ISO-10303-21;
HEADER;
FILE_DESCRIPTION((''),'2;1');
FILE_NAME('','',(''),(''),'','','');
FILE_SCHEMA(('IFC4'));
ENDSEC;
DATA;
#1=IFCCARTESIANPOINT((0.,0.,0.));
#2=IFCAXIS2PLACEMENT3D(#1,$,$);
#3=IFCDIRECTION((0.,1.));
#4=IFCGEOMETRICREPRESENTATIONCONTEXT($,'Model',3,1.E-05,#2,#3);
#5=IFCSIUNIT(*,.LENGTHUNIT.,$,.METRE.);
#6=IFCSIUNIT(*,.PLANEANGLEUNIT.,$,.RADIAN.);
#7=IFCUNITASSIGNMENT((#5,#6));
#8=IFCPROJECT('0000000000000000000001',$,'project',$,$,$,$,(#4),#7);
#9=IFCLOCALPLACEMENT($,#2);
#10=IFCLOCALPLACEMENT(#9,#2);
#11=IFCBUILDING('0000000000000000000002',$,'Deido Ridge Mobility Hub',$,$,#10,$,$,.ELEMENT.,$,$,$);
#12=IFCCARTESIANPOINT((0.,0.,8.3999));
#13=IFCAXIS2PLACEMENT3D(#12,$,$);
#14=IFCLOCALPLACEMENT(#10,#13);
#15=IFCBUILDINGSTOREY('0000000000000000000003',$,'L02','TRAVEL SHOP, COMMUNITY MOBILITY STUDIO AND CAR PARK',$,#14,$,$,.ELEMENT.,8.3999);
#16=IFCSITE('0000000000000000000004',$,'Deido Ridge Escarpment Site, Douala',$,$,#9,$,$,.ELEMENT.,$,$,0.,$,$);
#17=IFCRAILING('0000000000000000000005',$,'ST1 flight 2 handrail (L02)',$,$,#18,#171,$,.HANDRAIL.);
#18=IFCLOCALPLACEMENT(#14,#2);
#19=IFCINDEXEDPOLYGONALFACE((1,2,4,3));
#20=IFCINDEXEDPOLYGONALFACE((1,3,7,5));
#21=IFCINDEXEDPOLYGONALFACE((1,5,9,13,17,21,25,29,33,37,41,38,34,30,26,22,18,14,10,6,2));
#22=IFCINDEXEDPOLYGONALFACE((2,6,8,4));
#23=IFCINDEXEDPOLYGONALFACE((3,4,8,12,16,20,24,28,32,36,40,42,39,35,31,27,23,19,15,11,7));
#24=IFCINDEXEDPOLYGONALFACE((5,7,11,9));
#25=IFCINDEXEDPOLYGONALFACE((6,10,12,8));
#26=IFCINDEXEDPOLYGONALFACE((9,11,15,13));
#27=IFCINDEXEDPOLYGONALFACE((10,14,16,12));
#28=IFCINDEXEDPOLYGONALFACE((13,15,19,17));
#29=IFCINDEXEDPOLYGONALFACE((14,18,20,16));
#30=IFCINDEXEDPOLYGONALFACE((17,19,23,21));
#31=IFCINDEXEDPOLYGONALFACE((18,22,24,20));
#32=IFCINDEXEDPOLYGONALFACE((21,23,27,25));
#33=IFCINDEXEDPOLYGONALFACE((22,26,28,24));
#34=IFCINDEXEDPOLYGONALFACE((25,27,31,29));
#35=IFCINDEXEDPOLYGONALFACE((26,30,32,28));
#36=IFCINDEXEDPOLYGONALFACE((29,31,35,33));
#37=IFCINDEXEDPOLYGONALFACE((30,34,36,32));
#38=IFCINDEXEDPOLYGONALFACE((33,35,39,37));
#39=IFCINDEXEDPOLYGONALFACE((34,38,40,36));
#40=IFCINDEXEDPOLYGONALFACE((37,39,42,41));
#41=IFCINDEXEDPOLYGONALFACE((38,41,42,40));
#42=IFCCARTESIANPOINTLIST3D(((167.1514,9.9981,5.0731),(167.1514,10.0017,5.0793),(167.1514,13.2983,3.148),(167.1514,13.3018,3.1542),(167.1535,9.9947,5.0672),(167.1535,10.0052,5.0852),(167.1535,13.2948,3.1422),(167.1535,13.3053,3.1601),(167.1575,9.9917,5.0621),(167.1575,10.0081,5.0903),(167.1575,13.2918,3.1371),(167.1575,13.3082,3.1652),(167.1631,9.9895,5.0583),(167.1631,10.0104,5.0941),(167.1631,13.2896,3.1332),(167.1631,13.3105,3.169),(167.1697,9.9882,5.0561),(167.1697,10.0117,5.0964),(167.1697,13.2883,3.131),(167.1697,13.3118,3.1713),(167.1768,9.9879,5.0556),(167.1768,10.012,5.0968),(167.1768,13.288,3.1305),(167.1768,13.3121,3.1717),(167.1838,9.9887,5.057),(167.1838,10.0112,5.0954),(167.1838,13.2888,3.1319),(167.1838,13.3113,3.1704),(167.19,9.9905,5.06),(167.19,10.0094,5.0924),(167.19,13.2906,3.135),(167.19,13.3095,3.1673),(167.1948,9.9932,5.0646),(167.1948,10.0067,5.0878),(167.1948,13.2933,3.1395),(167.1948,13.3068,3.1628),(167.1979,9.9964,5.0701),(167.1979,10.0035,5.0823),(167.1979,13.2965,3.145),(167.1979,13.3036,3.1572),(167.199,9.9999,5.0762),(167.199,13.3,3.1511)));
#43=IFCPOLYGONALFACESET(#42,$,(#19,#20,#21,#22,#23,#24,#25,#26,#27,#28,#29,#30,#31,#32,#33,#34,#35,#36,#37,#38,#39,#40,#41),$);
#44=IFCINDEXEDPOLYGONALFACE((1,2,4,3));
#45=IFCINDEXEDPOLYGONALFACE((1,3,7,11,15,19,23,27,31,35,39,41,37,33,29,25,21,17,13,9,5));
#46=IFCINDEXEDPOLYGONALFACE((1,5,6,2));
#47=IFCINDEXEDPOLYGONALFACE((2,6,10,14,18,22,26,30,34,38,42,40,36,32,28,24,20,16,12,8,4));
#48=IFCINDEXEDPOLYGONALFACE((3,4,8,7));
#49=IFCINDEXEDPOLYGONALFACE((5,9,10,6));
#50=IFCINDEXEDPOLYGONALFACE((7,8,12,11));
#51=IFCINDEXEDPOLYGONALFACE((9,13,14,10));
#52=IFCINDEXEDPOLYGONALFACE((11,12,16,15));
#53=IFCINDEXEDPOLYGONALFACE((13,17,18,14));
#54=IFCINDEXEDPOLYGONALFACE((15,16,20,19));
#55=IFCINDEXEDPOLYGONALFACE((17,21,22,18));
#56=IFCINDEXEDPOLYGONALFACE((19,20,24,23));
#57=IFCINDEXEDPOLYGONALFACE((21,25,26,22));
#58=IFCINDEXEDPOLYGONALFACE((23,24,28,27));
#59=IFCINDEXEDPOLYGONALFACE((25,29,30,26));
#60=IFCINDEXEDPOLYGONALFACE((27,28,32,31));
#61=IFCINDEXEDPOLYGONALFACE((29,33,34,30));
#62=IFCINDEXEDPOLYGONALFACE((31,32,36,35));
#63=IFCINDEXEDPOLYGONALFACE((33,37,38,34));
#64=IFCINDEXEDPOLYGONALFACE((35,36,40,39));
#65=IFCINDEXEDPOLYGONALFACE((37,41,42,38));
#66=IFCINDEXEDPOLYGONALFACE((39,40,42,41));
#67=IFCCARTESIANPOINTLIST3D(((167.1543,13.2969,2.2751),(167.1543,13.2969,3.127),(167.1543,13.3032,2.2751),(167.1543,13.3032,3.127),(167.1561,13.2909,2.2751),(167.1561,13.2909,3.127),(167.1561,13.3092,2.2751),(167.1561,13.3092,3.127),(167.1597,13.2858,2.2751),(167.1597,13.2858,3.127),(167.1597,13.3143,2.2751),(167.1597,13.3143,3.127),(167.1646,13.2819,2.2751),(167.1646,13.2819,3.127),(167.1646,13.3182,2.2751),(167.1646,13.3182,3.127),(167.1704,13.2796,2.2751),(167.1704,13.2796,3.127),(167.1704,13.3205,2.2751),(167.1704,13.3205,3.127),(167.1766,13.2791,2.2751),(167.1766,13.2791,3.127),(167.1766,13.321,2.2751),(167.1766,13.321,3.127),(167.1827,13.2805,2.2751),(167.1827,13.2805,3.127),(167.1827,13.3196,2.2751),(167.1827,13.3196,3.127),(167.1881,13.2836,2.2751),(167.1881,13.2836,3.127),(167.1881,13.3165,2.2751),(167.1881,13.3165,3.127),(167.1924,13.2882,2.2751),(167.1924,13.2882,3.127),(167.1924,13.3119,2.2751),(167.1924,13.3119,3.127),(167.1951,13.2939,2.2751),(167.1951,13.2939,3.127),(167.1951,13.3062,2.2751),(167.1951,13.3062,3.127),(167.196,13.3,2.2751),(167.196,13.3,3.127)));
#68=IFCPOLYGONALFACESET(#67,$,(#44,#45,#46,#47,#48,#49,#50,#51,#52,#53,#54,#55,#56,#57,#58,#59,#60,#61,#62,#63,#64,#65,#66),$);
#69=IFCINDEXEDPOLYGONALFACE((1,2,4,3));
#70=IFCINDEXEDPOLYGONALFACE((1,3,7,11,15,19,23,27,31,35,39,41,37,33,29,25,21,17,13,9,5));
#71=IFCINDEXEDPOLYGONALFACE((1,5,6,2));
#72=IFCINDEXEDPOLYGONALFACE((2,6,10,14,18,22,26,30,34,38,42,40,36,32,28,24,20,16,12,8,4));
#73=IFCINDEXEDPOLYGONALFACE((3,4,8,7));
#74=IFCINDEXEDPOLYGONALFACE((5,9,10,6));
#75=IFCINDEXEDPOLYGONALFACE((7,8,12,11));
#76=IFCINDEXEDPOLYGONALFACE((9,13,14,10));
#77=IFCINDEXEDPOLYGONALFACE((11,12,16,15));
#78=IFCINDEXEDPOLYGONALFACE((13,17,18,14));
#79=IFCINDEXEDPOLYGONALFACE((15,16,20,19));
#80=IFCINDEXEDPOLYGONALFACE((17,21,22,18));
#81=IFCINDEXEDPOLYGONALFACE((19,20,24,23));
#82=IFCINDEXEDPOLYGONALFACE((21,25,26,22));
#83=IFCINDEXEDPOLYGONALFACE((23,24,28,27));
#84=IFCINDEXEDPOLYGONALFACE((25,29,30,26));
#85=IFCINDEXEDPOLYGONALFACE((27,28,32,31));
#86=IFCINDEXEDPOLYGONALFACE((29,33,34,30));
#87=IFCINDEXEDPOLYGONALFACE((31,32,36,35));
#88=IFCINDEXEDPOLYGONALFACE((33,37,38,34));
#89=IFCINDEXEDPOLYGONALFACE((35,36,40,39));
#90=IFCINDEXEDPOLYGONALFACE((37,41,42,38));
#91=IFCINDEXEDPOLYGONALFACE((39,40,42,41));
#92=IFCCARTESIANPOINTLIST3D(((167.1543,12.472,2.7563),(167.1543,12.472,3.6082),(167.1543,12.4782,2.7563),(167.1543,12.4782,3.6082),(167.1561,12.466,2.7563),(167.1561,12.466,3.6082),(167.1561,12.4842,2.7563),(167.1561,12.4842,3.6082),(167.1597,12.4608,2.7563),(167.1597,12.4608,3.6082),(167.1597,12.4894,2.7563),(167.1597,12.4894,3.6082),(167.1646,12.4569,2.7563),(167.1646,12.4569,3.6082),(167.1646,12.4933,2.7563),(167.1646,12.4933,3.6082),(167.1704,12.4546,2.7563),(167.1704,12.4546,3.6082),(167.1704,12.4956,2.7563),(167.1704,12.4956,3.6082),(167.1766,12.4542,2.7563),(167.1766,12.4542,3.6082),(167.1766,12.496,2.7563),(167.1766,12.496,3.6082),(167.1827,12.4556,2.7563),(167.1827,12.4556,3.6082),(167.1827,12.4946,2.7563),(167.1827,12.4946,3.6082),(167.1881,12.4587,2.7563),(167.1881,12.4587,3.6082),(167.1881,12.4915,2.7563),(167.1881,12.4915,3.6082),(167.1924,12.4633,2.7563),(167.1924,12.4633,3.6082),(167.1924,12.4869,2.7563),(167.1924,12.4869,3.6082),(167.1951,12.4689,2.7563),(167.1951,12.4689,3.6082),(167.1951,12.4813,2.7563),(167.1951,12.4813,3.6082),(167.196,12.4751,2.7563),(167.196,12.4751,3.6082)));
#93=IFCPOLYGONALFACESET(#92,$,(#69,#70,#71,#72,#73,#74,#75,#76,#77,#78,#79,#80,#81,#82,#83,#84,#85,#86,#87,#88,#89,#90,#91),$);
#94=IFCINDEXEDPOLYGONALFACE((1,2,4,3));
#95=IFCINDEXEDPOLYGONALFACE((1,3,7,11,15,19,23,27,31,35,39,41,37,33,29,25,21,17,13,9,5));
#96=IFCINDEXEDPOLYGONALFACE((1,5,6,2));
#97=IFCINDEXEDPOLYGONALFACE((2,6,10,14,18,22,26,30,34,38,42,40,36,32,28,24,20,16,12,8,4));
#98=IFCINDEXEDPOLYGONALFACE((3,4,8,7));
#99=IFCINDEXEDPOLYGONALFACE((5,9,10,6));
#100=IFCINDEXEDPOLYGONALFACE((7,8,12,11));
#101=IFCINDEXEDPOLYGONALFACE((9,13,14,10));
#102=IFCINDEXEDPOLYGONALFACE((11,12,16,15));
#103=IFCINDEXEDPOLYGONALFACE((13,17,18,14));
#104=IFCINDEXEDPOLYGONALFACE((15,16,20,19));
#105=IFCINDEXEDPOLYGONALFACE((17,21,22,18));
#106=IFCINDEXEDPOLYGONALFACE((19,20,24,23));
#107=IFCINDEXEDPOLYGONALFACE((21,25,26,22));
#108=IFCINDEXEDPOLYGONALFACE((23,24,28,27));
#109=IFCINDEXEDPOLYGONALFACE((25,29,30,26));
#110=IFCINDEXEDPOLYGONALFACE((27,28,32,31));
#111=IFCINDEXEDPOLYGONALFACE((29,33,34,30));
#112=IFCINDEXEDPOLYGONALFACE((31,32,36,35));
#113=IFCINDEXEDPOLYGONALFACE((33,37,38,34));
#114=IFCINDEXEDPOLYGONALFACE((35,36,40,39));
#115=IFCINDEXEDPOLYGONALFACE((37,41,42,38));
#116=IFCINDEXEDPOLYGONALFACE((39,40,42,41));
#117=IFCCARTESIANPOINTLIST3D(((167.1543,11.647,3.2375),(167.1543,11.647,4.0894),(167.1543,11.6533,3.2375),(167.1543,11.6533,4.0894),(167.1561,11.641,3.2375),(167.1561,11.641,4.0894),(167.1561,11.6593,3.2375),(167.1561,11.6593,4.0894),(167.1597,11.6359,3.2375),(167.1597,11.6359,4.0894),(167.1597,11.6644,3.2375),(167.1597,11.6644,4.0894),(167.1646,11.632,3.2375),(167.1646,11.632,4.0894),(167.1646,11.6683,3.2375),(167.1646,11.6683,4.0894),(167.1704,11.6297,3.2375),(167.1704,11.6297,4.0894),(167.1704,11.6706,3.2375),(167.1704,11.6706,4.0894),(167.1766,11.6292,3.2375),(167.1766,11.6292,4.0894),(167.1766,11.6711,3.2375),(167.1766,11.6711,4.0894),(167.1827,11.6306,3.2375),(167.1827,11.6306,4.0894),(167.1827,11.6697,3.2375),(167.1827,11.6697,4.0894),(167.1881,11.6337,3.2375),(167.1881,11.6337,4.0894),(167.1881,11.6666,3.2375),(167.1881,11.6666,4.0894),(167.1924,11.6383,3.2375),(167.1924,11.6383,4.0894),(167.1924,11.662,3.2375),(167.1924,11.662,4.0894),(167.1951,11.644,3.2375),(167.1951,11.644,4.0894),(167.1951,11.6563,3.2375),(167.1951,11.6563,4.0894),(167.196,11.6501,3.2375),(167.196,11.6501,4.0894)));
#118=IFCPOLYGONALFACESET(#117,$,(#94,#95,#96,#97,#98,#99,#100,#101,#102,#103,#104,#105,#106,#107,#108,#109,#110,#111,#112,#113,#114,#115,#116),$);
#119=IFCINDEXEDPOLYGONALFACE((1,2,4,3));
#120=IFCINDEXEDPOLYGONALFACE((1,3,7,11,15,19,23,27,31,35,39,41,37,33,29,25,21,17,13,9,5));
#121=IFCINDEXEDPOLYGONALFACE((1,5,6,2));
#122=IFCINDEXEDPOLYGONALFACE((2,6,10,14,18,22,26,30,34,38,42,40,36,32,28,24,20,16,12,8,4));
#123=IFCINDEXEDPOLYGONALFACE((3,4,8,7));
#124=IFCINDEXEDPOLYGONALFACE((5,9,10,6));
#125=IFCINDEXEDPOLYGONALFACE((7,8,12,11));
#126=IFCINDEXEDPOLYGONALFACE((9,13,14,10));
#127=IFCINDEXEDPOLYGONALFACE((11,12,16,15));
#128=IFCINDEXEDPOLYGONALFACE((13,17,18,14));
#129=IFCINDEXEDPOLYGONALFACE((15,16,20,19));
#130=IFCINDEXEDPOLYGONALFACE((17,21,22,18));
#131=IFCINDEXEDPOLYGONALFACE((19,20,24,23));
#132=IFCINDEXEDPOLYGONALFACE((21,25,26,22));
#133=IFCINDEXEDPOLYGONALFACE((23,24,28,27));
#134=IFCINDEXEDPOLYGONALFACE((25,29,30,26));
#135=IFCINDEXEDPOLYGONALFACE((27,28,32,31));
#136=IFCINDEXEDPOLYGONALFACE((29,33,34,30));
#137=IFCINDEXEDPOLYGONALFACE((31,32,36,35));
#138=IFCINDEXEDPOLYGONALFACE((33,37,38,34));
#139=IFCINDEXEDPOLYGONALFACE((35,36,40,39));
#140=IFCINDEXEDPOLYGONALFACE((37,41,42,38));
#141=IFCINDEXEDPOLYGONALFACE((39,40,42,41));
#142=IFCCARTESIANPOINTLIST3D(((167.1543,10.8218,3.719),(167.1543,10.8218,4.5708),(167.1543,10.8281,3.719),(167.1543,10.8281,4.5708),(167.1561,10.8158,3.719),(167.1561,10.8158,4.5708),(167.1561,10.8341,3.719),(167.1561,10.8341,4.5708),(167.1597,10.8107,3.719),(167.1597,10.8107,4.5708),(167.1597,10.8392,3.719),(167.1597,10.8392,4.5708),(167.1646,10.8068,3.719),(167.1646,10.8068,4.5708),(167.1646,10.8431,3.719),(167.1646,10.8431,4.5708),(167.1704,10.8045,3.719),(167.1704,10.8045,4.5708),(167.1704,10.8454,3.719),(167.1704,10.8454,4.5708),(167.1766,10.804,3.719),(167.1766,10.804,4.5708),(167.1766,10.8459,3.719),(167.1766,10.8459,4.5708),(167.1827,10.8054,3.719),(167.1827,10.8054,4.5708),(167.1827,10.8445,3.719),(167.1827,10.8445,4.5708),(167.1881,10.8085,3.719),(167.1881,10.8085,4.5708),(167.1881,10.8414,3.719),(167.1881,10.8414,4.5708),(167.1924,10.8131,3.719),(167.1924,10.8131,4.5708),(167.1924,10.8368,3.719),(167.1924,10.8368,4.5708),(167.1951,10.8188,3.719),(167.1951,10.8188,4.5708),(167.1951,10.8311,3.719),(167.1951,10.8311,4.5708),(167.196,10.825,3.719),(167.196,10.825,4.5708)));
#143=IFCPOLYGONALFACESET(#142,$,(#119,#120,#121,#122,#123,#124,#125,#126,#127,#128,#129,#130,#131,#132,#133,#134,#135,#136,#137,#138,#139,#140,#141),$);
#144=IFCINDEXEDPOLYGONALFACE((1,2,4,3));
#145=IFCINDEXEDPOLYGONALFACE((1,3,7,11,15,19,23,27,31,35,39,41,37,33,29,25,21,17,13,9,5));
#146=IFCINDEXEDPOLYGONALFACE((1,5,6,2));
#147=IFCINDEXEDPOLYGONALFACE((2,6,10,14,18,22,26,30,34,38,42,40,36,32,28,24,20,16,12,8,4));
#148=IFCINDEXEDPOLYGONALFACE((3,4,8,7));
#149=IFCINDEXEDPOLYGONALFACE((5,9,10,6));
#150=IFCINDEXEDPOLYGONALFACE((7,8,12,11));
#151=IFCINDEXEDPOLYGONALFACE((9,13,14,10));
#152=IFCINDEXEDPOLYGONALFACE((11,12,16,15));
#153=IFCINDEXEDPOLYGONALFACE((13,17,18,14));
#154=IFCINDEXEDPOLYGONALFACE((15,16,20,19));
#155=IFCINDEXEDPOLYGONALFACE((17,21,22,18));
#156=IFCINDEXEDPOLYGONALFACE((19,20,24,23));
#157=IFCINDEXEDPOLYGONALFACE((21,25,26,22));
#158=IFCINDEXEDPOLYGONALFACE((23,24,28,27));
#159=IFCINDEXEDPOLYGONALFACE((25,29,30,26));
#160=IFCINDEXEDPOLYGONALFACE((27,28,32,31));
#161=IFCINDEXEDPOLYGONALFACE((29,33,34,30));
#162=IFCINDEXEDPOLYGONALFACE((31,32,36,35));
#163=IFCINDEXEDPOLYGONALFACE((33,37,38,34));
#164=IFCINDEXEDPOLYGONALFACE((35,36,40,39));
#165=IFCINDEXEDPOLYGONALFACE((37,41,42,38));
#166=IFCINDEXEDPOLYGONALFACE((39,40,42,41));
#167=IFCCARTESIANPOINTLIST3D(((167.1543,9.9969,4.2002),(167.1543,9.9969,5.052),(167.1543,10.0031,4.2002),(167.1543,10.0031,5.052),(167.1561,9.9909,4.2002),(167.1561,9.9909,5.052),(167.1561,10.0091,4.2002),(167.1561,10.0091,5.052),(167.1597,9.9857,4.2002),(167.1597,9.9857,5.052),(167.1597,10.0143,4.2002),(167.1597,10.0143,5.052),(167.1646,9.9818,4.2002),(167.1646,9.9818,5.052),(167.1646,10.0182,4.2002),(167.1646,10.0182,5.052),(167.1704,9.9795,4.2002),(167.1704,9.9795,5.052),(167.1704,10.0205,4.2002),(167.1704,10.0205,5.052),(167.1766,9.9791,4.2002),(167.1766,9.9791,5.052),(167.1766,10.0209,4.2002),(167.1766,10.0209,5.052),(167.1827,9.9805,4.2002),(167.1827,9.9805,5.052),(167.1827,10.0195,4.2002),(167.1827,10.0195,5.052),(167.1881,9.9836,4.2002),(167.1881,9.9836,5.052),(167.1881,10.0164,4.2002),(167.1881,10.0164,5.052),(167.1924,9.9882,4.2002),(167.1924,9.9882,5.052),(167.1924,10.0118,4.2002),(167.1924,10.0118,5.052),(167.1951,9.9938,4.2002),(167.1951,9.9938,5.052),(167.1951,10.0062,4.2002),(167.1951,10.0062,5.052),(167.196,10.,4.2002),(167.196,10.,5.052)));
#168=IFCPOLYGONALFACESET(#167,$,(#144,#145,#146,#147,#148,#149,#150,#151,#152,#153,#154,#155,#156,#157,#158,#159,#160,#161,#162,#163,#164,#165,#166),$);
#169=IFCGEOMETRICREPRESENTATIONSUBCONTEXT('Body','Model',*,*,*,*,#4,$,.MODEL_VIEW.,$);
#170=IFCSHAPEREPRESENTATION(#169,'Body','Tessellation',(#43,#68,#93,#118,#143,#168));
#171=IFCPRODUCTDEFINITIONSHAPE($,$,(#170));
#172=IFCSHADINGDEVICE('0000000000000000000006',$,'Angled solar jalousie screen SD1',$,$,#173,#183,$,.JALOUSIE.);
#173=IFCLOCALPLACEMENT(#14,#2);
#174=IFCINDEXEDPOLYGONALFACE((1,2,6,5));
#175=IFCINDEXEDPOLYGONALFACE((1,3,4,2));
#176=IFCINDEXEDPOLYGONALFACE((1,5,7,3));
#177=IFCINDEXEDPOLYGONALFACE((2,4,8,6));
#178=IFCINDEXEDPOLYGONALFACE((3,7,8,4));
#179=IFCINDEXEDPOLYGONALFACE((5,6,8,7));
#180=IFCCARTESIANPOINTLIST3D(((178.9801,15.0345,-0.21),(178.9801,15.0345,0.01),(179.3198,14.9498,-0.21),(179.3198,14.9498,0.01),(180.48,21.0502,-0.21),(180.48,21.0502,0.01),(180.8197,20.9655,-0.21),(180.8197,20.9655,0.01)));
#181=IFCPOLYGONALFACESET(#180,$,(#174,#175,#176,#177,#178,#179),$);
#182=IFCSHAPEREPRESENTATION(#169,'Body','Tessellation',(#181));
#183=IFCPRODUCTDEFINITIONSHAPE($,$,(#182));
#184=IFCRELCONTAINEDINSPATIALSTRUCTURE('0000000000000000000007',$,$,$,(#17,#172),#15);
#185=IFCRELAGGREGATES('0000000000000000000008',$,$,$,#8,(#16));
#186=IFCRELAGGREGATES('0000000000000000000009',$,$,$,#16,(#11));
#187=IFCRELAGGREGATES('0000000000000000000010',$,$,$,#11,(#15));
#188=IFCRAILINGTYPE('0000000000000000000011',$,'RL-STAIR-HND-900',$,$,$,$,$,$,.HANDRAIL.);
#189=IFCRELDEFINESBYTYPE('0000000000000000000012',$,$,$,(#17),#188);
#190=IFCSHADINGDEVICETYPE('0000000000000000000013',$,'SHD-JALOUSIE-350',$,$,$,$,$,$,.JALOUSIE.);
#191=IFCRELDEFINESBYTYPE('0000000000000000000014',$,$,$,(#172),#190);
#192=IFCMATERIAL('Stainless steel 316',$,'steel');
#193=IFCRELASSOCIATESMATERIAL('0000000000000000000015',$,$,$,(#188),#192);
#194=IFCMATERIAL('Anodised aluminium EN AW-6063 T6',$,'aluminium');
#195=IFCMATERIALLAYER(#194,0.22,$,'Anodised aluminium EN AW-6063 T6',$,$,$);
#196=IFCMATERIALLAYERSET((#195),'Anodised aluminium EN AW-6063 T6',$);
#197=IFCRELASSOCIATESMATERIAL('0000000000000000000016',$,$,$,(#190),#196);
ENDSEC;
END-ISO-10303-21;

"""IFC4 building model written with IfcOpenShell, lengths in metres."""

from ifc_helpers import new_model, si_unit, direction, frame, origin, origin_2d, place, context, subcontext, project, spatial, rectangle, circle, extrude, material, layer, layer_set, type_object, element, save


model = new_model("IFC4")

# Units and contexts
model_context = context("Model", 3, precision=1e-05, world=origin(), true_north=direction((0.0, 1.0)))
body_context = subcontext(model_context, "Body", "Model", "MODEL_VIEW")
ifc_project = project(units=[si_unit("LENGTHUNIT", "METRE"), si_unit("PLANEANGLEUNIT", "RADIAN")], contexts=[model_context])

# Site, building, storey
site_placement = place(None, origin())
site = spatial("IfcSite", under=ifc_project, at=site_placement, Name="Deido Ridge Escarpment Site, Douala", CompositionType="ELEMENT", RefElevation=0.0)
building_placement = place(site_placement, origin())
building = spatial("IfcBuilding", under=site, at=building_placement, Name="Deido Ridge Mobility Hub", CompositionType="ELEMENT")
storey_placement = place(building_placement, frame((0.0, 0.0, 8.3999)))
storey = spatial("IfcBuildingStorey", under=building, at=storey_placement, Name="L02", Description="TRAVEL SHOP, COMMUNITY MOBILITY STUDIO AND CAR PARK", CompositionType="ELEMENT", Elevation=8.3999)

# Shared definitions
ifc_material_1 = material(Name="Stainless steel 316", Category="steel")

# Railing
railing_type_1 = type_object("IfcRailingType", Name="RL-STAIR-HND-900", PredefinedType="HANDRAIL", material=ifc_material_1)
railing_1_placement = place(storey_placement, frame((167.175, 13.3, 2.2751)))
element("IfcRailing", 1, at=railing_1_placement, inside=storey, type_object=railing_type_1, Name="ST1 flight 2 handrail (L02)", PredefinedType="HANDRAIL", context=body_context, shape_type="SweptSolid", body=[
    extrude(circle(Radius=0.0239, at=origin_2d()), frame((0.0, 0.0, 0.876), z_axis=(0.0, -0.863777, 0.503875), x_axis=(1.0, 0.0, 0.0)), (0.0, 0.0, 1.0), 3.8206),
    extrude(circle(Radius=0.021, at=origin_2d()), origin(), (0.0, 0.0, 1.0), 0.8518),
    extrude(circle(Radius=0.021, at=origin_2d()), frame((0.0, -0.825, 0.4812)), (0.0, 0.0, 1.0), 0.8518),
    extrude(circle(Radius=0.021, at=origin_2d()), frame((0.0, -1.6499, 0.9624)), (0.0, 0.0, 1.0), 0.8518),
    extrude(circle(Radius=0.021, at=origin_2d()), frame((0.0, -2.4751, 1.4438)), (0.0, 0.0, 1.0), 0.8518),
    extrude(circle(Radius=0.021, at=origin_2d()), frame((0.0, -3.3, 1.925)), (0.0, 0.0, 1.0), 0.8518),
])

# Shading device
ifc_material_2 = material(Name="Anodised aluminium EN AW-6063 T6", Category="aluminium")
ifc_layer_1 = layer(ifc_material_2, 0.22, Name="Anodised aluminium EN AW-6063 T6")
ifc_layer_set_1 = layer_set([ifc_layer_1], Name="Anodised aluminium EN AW-6063 T6")
shading_device_type = type_object("IfcShadingDeviceType", Name="SHD-JALOUSIE-350", PredefinedType="JALOUSIE", material=ifc_layer_set_1)
shading_device_placement = place(storey_placement, frame((179.8999, 18.0, -0.21), z_axis=(0.0, 0.0, 1.0), x_axis=(0.241922, 0.970296, 0.0)))
element("IfcShadingDevice", 2, at=shading_device_placement, inside=storey, type_object=shading_device_type, Name="Angled solar jalousie screen SD1", PredefinedType="JALOUSIE", context=body_context, shape_type="SweptSolid", body=[
    extrude(rectangle(XDim=6.2, YDim=0.3501, at=origin_2d()), origin(), (0.0, 0.0, 1.0), 0.22),
])

save(model, "model.ifc")
